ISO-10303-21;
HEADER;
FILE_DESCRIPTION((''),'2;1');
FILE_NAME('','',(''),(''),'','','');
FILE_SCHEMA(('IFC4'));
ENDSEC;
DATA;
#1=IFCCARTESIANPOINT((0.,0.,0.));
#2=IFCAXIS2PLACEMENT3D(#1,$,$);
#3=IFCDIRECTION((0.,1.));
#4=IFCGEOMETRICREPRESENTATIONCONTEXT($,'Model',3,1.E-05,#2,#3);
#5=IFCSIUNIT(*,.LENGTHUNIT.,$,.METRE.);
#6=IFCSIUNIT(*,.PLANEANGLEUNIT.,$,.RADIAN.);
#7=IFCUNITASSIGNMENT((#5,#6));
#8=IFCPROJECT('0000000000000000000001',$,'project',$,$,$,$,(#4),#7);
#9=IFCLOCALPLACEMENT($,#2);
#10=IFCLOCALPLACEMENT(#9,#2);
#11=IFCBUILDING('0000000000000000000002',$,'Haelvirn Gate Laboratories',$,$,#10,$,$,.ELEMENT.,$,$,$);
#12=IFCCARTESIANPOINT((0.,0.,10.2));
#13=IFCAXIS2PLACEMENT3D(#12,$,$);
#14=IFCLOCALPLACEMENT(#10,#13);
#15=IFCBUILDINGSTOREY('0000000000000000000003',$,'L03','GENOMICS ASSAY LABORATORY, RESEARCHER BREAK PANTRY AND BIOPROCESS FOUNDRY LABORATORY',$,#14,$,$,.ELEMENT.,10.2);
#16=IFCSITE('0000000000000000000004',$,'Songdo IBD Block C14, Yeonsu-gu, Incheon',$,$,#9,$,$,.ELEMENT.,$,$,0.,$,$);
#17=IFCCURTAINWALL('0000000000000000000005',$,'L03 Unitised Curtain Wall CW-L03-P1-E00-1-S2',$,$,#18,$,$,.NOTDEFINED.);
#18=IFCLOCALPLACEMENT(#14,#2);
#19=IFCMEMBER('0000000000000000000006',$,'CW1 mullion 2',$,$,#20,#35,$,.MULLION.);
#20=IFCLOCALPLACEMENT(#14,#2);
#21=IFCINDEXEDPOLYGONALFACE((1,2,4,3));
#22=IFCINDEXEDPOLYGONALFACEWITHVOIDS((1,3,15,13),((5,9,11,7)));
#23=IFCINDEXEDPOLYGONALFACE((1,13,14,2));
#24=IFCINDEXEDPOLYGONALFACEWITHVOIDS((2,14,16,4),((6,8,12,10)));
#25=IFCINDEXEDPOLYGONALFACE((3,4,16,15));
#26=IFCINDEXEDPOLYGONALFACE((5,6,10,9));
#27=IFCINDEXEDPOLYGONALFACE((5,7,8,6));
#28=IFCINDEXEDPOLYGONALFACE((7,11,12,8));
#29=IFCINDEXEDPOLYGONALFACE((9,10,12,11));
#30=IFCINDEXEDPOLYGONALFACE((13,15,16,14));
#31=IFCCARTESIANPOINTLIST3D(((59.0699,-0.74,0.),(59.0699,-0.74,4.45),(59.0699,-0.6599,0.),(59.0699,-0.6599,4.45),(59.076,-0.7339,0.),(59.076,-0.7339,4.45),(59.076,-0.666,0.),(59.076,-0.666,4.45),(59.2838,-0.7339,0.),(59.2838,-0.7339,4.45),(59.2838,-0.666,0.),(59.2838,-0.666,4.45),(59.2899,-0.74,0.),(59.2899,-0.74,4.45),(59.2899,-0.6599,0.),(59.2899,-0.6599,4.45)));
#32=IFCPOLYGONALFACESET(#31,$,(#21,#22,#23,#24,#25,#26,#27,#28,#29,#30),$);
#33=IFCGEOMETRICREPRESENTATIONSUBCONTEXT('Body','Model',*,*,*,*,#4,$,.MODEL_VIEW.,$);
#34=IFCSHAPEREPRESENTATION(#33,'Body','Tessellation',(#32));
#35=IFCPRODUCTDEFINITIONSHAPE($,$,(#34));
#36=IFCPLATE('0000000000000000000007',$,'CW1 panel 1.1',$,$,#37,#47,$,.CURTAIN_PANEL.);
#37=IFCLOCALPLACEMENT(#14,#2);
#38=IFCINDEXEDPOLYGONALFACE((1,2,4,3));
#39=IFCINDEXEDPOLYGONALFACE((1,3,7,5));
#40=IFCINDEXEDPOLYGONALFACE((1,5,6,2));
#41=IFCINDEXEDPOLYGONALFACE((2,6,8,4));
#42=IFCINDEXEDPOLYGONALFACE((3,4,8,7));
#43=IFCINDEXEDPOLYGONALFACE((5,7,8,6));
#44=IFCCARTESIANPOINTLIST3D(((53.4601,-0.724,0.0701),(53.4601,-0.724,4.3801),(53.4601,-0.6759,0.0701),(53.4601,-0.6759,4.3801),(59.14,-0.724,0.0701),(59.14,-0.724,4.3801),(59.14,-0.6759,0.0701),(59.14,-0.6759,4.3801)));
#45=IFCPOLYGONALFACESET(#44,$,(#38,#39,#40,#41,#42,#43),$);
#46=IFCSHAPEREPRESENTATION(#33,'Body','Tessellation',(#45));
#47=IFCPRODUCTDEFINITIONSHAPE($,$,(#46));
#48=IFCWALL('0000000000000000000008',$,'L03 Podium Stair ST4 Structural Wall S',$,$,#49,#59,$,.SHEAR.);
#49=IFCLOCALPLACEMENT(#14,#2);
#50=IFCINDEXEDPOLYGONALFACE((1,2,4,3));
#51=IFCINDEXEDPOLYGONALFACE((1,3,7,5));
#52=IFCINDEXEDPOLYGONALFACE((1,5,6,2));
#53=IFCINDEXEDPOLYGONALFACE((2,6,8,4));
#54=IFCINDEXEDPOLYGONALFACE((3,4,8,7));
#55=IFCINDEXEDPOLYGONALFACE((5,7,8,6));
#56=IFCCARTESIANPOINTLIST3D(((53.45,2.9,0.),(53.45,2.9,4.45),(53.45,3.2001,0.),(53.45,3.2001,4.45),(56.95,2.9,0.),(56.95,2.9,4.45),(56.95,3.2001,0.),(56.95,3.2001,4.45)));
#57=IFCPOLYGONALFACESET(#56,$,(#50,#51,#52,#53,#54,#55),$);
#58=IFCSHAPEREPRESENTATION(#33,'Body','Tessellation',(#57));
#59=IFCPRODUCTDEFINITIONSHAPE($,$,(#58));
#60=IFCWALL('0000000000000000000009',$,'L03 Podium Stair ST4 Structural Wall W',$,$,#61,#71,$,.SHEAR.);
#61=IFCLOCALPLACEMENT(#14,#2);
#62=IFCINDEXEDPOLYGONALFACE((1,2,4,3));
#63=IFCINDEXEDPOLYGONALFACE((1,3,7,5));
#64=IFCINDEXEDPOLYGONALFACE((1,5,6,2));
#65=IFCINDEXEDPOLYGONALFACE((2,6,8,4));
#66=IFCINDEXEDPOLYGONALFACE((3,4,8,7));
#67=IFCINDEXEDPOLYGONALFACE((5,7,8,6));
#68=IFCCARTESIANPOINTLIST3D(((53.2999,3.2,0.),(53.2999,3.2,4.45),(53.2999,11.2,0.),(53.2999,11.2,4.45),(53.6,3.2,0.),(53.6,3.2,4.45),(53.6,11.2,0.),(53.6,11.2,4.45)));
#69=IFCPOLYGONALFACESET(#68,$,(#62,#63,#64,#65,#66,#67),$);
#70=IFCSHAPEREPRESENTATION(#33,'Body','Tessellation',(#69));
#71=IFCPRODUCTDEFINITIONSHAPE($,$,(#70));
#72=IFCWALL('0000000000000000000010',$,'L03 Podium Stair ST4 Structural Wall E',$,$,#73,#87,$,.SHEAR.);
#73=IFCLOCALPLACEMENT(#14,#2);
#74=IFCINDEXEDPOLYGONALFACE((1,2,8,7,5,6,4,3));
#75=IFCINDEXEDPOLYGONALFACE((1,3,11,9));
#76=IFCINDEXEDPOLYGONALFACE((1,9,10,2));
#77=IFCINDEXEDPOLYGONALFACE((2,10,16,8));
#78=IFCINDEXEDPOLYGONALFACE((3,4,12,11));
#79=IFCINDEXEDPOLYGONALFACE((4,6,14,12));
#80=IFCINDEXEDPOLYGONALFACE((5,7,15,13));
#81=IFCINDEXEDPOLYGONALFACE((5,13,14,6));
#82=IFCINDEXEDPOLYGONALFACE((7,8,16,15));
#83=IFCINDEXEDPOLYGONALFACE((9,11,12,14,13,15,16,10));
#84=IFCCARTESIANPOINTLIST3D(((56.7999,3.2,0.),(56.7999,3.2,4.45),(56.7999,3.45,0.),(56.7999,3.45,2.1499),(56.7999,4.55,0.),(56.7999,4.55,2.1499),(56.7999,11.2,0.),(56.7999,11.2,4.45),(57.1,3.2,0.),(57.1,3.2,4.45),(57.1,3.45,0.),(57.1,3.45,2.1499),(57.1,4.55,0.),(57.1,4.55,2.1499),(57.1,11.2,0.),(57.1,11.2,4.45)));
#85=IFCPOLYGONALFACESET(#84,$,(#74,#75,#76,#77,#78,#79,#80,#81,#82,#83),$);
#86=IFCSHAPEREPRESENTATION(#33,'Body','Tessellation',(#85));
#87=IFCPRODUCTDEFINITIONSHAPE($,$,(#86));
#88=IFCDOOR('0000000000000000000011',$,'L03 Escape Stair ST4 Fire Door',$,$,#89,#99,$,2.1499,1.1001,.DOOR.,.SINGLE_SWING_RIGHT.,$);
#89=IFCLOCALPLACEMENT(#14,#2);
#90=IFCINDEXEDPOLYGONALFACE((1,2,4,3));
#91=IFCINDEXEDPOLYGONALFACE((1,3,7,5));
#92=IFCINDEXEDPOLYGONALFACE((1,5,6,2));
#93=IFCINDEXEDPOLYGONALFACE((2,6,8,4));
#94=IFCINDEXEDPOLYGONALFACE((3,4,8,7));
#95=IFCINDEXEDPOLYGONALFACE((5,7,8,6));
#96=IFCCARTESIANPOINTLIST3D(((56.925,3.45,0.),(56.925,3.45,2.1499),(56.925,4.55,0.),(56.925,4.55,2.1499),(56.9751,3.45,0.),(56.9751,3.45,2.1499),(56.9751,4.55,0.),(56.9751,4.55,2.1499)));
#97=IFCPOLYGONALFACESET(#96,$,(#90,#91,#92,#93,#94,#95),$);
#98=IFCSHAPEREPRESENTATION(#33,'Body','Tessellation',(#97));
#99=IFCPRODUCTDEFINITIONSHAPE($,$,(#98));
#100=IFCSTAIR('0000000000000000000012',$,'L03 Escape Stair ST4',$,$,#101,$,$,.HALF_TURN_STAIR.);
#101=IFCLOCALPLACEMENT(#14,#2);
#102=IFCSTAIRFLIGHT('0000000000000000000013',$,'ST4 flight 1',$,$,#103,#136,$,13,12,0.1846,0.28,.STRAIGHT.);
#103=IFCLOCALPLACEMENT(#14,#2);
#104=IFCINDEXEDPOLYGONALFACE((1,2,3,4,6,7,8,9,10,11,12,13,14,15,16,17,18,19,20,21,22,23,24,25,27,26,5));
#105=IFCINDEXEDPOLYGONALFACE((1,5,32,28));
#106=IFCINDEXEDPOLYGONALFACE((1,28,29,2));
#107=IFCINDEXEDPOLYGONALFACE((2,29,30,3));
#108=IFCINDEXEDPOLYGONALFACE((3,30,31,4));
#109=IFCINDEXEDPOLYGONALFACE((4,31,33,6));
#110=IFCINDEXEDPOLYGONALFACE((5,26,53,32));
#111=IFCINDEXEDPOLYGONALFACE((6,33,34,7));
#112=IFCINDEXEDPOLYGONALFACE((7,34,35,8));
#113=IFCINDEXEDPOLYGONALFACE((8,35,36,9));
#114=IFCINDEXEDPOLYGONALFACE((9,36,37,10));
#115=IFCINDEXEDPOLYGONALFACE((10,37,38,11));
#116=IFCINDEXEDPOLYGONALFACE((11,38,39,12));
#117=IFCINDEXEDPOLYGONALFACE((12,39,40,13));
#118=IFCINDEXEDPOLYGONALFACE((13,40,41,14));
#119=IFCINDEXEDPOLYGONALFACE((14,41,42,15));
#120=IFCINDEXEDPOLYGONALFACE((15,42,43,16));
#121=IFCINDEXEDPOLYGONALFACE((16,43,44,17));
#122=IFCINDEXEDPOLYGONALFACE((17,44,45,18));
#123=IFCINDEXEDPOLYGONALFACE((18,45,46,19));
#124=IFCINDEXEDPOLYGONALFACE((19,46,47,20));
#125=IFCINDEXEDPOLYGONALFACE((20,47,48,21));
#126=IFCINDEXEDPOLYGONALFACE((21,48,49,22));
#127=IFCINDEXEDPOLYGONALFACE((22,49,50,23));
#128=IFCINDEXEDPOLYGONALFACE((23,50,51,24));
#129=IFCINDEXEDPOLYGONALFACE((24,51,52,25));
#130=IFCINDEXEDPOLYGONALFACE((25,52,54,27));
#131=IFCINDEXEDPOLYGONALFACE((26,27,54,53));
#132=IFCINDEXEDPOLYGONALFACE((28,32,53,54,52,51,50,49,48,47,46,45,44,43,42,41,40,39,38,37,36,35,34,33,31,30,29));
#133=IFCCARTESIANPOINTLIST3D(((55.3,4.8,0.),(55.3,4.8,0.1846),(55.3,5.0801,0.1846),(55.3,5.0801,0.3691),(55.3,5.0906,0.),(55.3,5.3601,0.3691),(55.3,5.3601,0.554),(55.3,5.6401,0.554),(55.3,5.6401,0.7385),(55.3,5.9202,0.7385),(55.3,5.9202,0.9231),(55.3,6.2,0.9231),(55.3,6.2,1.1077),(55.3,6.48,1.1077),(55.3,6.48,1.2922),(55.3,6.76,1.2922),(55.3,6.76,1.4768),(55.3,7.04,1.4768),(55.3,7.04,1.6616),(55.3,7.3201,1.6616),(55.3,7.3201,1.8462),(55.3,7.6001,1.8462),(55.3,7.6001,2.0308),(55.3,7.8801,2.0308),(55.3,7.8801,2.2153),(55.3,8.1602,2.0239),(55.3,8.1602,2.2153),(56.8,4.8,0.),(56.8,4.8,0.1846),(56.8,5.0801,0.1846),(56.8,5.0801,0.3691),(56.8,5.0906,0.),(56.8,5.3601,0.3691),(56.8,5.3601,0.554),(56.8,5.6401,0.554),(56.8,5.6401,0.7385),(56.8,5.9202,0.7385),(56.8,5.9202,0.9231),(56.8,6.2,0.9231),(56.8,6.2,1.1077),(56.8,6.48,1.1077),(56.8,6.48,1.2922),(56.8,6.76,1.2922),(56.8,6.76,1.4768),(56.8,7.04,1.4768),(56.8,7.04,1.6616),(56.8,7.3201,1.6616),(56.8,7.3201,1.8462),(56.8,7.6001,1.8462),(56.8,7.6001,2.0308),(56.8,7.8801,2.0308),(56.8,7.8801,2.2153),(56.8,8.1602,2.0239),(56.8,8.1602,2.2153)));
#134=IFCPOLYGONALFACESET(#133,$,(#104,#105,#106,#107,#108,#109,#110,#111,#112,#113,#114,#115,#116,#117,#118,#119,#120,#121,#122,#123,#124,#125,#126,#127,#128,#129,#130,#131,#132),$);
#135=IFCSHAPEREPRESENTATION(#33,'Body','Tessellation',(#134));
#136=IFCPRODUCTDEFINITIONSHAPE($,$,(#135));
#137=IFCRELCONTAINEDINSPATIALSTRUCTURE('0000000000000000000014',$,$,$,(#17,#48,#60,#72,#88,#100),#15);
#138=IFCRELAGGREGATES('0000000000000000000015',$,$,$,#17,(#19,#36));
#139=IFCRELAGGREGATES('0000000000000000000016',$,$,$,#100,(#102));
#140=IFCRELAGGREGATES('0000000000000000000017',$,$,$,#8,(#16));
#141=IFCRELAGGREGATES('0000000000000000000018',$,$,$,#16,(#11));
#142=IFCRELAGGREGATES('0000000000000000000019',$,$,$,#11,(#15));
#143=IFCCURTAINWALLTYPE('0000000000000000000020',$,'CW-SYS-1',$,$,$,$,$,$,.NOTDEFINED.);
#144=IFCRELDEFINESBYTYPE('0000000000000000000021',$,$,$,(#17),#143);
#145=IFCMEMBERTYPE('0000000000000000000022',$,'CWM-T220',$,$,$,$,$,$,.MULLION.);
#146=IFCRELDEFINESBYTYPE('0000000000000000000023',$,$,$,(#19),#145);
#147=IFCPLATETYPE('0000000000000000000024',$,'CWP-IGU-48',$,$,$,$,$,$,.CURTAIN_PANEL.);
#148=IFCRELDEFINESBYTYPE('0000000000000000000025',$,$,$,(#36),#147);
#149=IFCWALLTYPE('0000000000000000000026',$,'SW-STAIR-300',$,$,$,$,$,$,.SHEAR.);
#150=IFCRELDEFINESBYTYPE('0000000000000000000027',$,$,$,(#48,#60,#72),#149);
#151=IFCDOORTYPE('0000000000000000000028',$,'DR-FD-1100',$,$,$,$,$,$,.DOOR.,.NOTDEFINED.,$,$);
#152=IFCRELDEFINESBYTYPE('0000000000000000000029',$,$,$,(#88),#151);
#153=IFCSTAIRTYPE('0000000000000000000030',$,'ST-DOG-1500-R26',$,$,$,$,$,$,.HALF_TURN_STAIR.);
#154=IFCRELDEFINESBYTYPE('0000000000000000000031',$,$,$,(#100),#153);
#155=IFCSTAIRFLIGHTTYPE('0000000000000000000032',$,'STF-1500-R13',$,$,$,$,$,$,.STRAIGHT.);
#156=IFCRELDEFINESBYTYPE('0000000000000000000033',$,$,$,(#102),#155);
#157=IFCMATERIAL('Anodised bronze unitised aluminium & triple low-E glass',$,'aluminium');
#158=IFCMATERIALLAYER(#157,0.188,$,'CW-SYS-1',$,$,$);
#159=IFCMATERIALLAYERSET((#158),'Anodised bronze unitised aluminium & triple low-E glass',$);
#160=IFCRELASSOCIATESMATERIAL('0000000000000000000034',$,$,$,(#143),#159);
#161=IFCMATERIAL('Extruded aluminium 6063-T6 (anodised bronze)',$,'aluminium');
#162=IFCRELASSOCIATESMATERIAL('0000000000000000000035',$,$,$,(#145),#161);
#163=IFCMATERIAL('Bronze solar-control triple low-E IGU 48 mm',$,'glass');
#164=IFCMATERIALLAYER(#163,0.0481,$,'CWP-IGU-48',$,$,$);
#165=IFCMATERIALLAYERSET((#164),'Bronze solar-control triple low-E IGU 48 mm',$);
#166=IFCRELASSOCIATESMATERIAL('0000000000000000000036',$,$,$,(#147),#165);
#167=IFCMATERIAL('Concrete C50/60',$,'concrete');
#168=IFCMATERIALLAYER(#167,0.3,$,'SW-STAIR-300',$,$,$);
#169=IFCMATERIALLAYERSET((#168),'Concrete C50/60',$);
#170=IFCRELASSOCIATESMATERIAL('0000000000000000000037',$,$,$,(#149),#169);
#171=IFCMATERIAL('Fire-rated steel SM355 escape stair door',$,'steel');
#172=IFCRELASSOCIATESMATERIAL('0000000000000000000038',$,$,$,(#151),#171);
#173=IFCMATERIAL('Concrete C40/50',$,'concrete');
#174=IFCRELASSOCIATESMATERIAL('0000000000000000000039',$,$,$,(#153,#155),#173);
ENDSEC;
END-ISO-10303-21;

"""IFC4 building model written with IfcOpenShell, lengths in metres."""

from ifc_helpers import new_model, si_unit, direction, frame, frame_2d, origin, origin_2d, place, context, subcontext, project, spatial, polyline, rectangle, hollow_rectangle, outline, extrude, source, transform, mapped, material, layer, layer_set, material_profile, profile_set, type_object, type_shapes, element, fill, aggregate, save


model = new_model("IFC4")

# Units and contexts
model_context = context("Model", 3, precision=1e-05, world=origin(), true_north=direction((0.0, 1.0)))
body_context = subcontext(model_context, "Body", "Model", "MODEL_VIEW")
ifc_project = project(units=[si_unit("LENGTHUNIT", "METRE"), si_unit("PLANEANGLEUNIT", "RADIAN")], contexts=[model_context])

# Site, building, storey
site_placement = place(None, origin())
site = spatial("IfcSite", under=ifc_project, at=site_placement, Name="Songdo IBD Block C14, Yeonsu-gu, Incheon", CompositionType="ELEMENT", RefElevation=0.0)
building_placement = place(site_placement, origin())
building = spatial("IfcBuilding", under=site, at=building_placement, Name="Haelvirn Gate Laboratories", CompositionType="ELEMENT")
storey_placement = place(building_placement, frame((0.0, 0.0, 10.2)))
storey = spatial("IfcBuildingStorey", under=building, at=storey_placement, Name="L03", Description="GENOMICS ASSAY LABORATORY, RESEARCHER BREAK PANTRY AND BIOPROCESS FOUNDRY LABORATORY", CompositionType="ELEMENT", Elevation=10.2)

# Curtain wall, member, plate
ifc_material_1 = material(Name="Anodised bronze unitised aluminium & triple low-E glass", Category="aluminium")
ifc_layer_1 = layer(ifc_material_1, 0.188, Name="CW-SYS-1")
ifc_layer_set_1 = layer_set([ifc_layer_1], Name="Anodised bronze unitised aluminium & triple low-E glass")
curtain_wall_type = type_object("IfcCurtainWallType", Name="CW-SYS-1", PredefinedType="NOTDEFINED", material=ifc_layer_set_1)
curtain_wall_placement = place(storey_placement, origin())
curtain_wall = element("IfcCurtainWall", 1, at=curtain_wall_placement, inside=storey, type_object=curtain_wall_type, Name="L03 Unitised Curtain Wall CW-L03-P1-E00-1-S2", PredefinedType="NOTDEFINED")
ifc_material_2 = material(Name="Extruded aluminium 6063-T6 (anodised bronze)", Category="aluminium")
ifc_material_profile_1 = material_profile(ifc_material_2, hollow_rectangle(XDim=0.0801, YDim=0.22, WallThickness=0.0061, at=origin_2d()), Name="CWM-220x80x6")
ifc_profile_set_1 = profile_set([ifc_material_profile_1], Name="Extruded aluminium 6063-T6 (anodised bronze)")
member_type_1 = type_object("IfcMemberType", Name="CWM-T220", PredefinedType="MULLION", material=ifc_profile_set_1)
shared_shape_1 = source(origin(), body_context, "Body", "SweptSolid", [
    extrude(hollow_rectangle(XDim=0.0801, YDim=0.22, WallThickness=0.0061, at=origin_2d()), origin(), (0.0, 0.0, 1.0), 4.45),
])
type_shapes(member_type_1, [shared_shape_1])
member_1_placement = place(storey_placement, frame((59.1799, -0.7, 0.0), z_axis=(0.0, 0.0, 1.0), x_axis=(0.0, 1.0, 0.0)))
member_1 = element("IfcMember", 2, at=member_1_placement, type_object=member_type_1, Name="CW1 mullion 2", PredefinedType="MULLION", context=body_context, shape_type="MappedRepresentation", body=[
    mapped(shared_shape_1, transform((0.0, 0.0, 0.0), scale=1.0)),
])
ifc_material_3 = material(Name="Bronze solar-control triple low-E IGU 48 mm", Category="glass")
ifc_layer_2 = layer(ifc_material_3, 0.0481, Name="CWP-IGU-48")
ifc_layer_set_2 = layer_set([ifc_layer_2], Name="Bronze solar-control triple low-E IGU 48 mm")
plate_type = type_object("IfcPlateType", Name="CWP-IGU-48", PredefinedType="CURTAIN_PANEL", material=ifc_layer_set_2)
shared_shape_2 = source(origin(), body_context, "Body", "SweptSolid", [
    extrude(rectangle(XDim=5.6799, YDim=0.0481, at=origin_2d()), origin(), (0.0, 0.0, 1.0), 4.3101),
])
type_shapes(plate_type, [shared_shape_2])
plate_placement = place(storey_placement, frame((56.3, -0.7, 0.0701), z_axis=(0.0, 0.0, 1.0), x_axis=(1.0, 0.0, 0.0)))
plate = element("IfcPlate", 3, at=plate_placement, type_object=plate_type, Name="CW1 panel 1.1", PredefinedType="CURTAIN_PANEL", context=body_context, shape_type="MappedRepresentation", body=[
    mapped(shared_shape_2, transform((0.0, 0.0, 0.0), scale=1.0)),
])
aggregate(curtain_wall, [member_1, plate])

# Walls
ifc_material_4 = material(Name="Concrete C50/60", Category="concrete")
ifc_layer_3 = layer(ifc_material_4, 0.3, Name="SW-STAIR-300")
ifc_layer_set_3 = layer_set([ifc_layer_3], Name="Concrete C50/60")
wall_type = type_object("IfcWallType", Name="SW-STAIR-300", PredefinedType="SHEAR", material=ifc_layer_set_3)
wall_1_placement = place(storey_placement, frame((53.45, 3.05, 0.0), z_axis=(0.0, 0.0, 1.0), x_axis=(1.0, 0.0, 0.0)))
element("IfcWall", 4, at=wall_1_placement, inside=storey, type_object=wall_type, Name="L03 Podium Stair ST4 Structural Wall S", PredefinedType="SHEAR", context=body_context, shape_type="SweptSolid", body=[
    extrude(rectangle(XDim=3.5, YDim=0.3, at=frame_2d((1.75, 0.0))), origin(), (0.0, 0.0, 1.0), 4.45),
])
wall_2_placement = place(storey_placement, frame((53.45, 3.2, 0.0), z_axis=(0.0, 0.0, 1.0), x_axis=(0.0, 1.0, 0.0)))
element("IfcWall", 5, at=wall_2_placement, inside=storey, type_object=wall_type, Name="L03 Podium Stair ST4 Structural Wall W", PredefinedType="SHEAR", context=body_context, shape_type="SweptSolid", body=[
    extrude(rectangle(XDim=8.0, YDim=0.3, at=frame_2d((4.0, 0.0))), origin(), (0.0, 0.0, 1.0), 4.45),
])

# Wall, opening, door
wall_3_placement = place(storey_placement, frame((56.95, 3.2, 0.0), z_axis=(0.0, 0.0, 1.0), x_axis=(0.0, 1.0, 0.0)))
wall_3 = element("IfcWall", 6, at=wall_3_placement, inside=storey, type_object=wall_type, Name="L03 Podium Stair ST4 Structural Wall E", PredefinedType="SHEAR", context=body_context, shape_type="SweptSolid", body=[
    extrude(rectangle(XDim=8.0, YDim=0.3, at=frame_2d((4.0, 0.0))), origin(), (0.0, 0.0, 1.0), 4.45),
])
opening_placement = place(wall_3_placement, frame((0.25, 0.0, 0.0)))
opening = element("IfcOpeningElement", 7, at=opening_placement, cuts=wall_3, PredefinedType="OPENING", context=body_context, shape_type="SweptSolid", body=[
    extrude(rectangle(XDim=1.1001, YDim=2.1499, at=frame_2d((0.55, 1.075))), frame((0.0, 0.1602, 0.0), z_axis=(0.0, -1.0, 0.0), x_axis=(1.0, 0.0, 0.0)), (0.0, 0.0, 1.0), 0.3201),
])
ifc_material_5 = material(Name="Fire-rated steel SM355 escape stair door", Category="steel")
door_type = type_object("IfcDoorType", Name="DR-FD-1100", OperationType="NOTDEFINED", PredefinedType="DOOR", material=ifc_material_5)
shared_shape_3 = source(origin(), body_context, "Body", "SweptSolid", [
    extrude(rectangle(XDim=1.1001, YDim=2.1499, at=frame_2d((0.55, 1.075))), frame((0.0, 0.0249, 0.0), z_axis=(0.0, -1.0, 0.0), x_axis=(1.0, 0.0, 0.0)), (0.0, 0.0, 1.0), 0.05),
])
type_shapes(door_type, [shared_shape_3])
door_placement = place(opening_placement, origin())
door = element("IfcDoor", 8, at=door_placement, inside=storey, type_object=door_type, Name="L03 Escape Stair ST4 Fire Door", OperationType="SINGLE_SWING_RIGHT", OverallHeight=2.1499, OverallWidth=1.1001, PredefinedType="DOOR", context=body_context, shape_type="MappedRepresentation", body=[
    mapped(shared_shape_3, transform((0.0, 0.0, 0.0), scale=1.0)),
])
fill(opening, door)

# Stair, stair flight
ifc_material_6 = material(Name="Concrete C40/50", Category="concrete")
stair_type = type_object("IfcStairType", Name="ST-DOG-1500-R26", PredefinedType="HALF_TURN_STAIR", material=ifc_material_6)
stair_placement = place(storey_placement, origin())
stair = element("IfcStair", 9, at=stair_placement, inside=storey, type_object=stair_type, Name="L03 Escape Stair ST4", PredefinedType="HALF_TURN_STAIR")
stair_flight_type = type_object("IfcStairFlightType", Name="STF-1500-R13", PredefinedType="STRAIGHT", material=ifc_material_6)
shared_shape_4 = source(origin(), body_context, "Body", "SweptSolid", [
    extrude(outline(polyline([(0.0, 0.0), (0.0, 0.1846), (0.28, 0.1846), (0.28, 0.3691), (0.5601, 0.3691), (0.5601, 0.554), (0.8401, 0.554), (0.8401, 0.7385), (1.1201, 0.7385), (1.1201, 0.9231), (1.3999, 0.9231), (1.3999, 1.1077), (1.6799, 1.1077), (1.6799, 1.2922), (1.96, 1.2922), (1.96, 1.4768), (2.24, 1.4768), (2.24, 1.6616), (2.52, 1.6616), (2.52, 1.8462), (2.8, 1.8462), (2.8, 2.0308), (3.0801, 2.0308), (3.0801, 2.2153), (3.3601, 2.2153), (3.3601, 2.3999), (3.3601, 2.0239), (0.2905, 0.0), (0.0, 0.0)])), frame((0.0, 0.75, 0.0), z_axis=(0.0, -1.0, 0.0), x_axis=(1.0, 0.0, 0.0)), (0.0, 0.0, 1.0), 1.5),
])
type_shapes(stair_flight_type, [shared_shape_4])
stair_flight_placement = place(storey_placement, frame((56.05, 4.8, 0.0), z_axis=(0.0, 0.0, 1.0), x_axis=(0.0, 1.0, 0.0)))
stair_flight = element("IfcStairFlight", 10, at=stair_flight_placement, type_object=stair_flight_type, Name="ST4 flight 1", NumberOfRisers=13, NumberOfTreads=12, PredefinedType="STRAIGHT", RiserHeight=0.1846, TreadLength=0.28, context=body_context, shape_type="MappedRepresentation", body=[
    mapped(shared_shape_4, transform((0.0, 0.0, 0.0), scale=1.0)),
])
aggregate(stair, [stair_flight])

save(model, "model.ifc")
